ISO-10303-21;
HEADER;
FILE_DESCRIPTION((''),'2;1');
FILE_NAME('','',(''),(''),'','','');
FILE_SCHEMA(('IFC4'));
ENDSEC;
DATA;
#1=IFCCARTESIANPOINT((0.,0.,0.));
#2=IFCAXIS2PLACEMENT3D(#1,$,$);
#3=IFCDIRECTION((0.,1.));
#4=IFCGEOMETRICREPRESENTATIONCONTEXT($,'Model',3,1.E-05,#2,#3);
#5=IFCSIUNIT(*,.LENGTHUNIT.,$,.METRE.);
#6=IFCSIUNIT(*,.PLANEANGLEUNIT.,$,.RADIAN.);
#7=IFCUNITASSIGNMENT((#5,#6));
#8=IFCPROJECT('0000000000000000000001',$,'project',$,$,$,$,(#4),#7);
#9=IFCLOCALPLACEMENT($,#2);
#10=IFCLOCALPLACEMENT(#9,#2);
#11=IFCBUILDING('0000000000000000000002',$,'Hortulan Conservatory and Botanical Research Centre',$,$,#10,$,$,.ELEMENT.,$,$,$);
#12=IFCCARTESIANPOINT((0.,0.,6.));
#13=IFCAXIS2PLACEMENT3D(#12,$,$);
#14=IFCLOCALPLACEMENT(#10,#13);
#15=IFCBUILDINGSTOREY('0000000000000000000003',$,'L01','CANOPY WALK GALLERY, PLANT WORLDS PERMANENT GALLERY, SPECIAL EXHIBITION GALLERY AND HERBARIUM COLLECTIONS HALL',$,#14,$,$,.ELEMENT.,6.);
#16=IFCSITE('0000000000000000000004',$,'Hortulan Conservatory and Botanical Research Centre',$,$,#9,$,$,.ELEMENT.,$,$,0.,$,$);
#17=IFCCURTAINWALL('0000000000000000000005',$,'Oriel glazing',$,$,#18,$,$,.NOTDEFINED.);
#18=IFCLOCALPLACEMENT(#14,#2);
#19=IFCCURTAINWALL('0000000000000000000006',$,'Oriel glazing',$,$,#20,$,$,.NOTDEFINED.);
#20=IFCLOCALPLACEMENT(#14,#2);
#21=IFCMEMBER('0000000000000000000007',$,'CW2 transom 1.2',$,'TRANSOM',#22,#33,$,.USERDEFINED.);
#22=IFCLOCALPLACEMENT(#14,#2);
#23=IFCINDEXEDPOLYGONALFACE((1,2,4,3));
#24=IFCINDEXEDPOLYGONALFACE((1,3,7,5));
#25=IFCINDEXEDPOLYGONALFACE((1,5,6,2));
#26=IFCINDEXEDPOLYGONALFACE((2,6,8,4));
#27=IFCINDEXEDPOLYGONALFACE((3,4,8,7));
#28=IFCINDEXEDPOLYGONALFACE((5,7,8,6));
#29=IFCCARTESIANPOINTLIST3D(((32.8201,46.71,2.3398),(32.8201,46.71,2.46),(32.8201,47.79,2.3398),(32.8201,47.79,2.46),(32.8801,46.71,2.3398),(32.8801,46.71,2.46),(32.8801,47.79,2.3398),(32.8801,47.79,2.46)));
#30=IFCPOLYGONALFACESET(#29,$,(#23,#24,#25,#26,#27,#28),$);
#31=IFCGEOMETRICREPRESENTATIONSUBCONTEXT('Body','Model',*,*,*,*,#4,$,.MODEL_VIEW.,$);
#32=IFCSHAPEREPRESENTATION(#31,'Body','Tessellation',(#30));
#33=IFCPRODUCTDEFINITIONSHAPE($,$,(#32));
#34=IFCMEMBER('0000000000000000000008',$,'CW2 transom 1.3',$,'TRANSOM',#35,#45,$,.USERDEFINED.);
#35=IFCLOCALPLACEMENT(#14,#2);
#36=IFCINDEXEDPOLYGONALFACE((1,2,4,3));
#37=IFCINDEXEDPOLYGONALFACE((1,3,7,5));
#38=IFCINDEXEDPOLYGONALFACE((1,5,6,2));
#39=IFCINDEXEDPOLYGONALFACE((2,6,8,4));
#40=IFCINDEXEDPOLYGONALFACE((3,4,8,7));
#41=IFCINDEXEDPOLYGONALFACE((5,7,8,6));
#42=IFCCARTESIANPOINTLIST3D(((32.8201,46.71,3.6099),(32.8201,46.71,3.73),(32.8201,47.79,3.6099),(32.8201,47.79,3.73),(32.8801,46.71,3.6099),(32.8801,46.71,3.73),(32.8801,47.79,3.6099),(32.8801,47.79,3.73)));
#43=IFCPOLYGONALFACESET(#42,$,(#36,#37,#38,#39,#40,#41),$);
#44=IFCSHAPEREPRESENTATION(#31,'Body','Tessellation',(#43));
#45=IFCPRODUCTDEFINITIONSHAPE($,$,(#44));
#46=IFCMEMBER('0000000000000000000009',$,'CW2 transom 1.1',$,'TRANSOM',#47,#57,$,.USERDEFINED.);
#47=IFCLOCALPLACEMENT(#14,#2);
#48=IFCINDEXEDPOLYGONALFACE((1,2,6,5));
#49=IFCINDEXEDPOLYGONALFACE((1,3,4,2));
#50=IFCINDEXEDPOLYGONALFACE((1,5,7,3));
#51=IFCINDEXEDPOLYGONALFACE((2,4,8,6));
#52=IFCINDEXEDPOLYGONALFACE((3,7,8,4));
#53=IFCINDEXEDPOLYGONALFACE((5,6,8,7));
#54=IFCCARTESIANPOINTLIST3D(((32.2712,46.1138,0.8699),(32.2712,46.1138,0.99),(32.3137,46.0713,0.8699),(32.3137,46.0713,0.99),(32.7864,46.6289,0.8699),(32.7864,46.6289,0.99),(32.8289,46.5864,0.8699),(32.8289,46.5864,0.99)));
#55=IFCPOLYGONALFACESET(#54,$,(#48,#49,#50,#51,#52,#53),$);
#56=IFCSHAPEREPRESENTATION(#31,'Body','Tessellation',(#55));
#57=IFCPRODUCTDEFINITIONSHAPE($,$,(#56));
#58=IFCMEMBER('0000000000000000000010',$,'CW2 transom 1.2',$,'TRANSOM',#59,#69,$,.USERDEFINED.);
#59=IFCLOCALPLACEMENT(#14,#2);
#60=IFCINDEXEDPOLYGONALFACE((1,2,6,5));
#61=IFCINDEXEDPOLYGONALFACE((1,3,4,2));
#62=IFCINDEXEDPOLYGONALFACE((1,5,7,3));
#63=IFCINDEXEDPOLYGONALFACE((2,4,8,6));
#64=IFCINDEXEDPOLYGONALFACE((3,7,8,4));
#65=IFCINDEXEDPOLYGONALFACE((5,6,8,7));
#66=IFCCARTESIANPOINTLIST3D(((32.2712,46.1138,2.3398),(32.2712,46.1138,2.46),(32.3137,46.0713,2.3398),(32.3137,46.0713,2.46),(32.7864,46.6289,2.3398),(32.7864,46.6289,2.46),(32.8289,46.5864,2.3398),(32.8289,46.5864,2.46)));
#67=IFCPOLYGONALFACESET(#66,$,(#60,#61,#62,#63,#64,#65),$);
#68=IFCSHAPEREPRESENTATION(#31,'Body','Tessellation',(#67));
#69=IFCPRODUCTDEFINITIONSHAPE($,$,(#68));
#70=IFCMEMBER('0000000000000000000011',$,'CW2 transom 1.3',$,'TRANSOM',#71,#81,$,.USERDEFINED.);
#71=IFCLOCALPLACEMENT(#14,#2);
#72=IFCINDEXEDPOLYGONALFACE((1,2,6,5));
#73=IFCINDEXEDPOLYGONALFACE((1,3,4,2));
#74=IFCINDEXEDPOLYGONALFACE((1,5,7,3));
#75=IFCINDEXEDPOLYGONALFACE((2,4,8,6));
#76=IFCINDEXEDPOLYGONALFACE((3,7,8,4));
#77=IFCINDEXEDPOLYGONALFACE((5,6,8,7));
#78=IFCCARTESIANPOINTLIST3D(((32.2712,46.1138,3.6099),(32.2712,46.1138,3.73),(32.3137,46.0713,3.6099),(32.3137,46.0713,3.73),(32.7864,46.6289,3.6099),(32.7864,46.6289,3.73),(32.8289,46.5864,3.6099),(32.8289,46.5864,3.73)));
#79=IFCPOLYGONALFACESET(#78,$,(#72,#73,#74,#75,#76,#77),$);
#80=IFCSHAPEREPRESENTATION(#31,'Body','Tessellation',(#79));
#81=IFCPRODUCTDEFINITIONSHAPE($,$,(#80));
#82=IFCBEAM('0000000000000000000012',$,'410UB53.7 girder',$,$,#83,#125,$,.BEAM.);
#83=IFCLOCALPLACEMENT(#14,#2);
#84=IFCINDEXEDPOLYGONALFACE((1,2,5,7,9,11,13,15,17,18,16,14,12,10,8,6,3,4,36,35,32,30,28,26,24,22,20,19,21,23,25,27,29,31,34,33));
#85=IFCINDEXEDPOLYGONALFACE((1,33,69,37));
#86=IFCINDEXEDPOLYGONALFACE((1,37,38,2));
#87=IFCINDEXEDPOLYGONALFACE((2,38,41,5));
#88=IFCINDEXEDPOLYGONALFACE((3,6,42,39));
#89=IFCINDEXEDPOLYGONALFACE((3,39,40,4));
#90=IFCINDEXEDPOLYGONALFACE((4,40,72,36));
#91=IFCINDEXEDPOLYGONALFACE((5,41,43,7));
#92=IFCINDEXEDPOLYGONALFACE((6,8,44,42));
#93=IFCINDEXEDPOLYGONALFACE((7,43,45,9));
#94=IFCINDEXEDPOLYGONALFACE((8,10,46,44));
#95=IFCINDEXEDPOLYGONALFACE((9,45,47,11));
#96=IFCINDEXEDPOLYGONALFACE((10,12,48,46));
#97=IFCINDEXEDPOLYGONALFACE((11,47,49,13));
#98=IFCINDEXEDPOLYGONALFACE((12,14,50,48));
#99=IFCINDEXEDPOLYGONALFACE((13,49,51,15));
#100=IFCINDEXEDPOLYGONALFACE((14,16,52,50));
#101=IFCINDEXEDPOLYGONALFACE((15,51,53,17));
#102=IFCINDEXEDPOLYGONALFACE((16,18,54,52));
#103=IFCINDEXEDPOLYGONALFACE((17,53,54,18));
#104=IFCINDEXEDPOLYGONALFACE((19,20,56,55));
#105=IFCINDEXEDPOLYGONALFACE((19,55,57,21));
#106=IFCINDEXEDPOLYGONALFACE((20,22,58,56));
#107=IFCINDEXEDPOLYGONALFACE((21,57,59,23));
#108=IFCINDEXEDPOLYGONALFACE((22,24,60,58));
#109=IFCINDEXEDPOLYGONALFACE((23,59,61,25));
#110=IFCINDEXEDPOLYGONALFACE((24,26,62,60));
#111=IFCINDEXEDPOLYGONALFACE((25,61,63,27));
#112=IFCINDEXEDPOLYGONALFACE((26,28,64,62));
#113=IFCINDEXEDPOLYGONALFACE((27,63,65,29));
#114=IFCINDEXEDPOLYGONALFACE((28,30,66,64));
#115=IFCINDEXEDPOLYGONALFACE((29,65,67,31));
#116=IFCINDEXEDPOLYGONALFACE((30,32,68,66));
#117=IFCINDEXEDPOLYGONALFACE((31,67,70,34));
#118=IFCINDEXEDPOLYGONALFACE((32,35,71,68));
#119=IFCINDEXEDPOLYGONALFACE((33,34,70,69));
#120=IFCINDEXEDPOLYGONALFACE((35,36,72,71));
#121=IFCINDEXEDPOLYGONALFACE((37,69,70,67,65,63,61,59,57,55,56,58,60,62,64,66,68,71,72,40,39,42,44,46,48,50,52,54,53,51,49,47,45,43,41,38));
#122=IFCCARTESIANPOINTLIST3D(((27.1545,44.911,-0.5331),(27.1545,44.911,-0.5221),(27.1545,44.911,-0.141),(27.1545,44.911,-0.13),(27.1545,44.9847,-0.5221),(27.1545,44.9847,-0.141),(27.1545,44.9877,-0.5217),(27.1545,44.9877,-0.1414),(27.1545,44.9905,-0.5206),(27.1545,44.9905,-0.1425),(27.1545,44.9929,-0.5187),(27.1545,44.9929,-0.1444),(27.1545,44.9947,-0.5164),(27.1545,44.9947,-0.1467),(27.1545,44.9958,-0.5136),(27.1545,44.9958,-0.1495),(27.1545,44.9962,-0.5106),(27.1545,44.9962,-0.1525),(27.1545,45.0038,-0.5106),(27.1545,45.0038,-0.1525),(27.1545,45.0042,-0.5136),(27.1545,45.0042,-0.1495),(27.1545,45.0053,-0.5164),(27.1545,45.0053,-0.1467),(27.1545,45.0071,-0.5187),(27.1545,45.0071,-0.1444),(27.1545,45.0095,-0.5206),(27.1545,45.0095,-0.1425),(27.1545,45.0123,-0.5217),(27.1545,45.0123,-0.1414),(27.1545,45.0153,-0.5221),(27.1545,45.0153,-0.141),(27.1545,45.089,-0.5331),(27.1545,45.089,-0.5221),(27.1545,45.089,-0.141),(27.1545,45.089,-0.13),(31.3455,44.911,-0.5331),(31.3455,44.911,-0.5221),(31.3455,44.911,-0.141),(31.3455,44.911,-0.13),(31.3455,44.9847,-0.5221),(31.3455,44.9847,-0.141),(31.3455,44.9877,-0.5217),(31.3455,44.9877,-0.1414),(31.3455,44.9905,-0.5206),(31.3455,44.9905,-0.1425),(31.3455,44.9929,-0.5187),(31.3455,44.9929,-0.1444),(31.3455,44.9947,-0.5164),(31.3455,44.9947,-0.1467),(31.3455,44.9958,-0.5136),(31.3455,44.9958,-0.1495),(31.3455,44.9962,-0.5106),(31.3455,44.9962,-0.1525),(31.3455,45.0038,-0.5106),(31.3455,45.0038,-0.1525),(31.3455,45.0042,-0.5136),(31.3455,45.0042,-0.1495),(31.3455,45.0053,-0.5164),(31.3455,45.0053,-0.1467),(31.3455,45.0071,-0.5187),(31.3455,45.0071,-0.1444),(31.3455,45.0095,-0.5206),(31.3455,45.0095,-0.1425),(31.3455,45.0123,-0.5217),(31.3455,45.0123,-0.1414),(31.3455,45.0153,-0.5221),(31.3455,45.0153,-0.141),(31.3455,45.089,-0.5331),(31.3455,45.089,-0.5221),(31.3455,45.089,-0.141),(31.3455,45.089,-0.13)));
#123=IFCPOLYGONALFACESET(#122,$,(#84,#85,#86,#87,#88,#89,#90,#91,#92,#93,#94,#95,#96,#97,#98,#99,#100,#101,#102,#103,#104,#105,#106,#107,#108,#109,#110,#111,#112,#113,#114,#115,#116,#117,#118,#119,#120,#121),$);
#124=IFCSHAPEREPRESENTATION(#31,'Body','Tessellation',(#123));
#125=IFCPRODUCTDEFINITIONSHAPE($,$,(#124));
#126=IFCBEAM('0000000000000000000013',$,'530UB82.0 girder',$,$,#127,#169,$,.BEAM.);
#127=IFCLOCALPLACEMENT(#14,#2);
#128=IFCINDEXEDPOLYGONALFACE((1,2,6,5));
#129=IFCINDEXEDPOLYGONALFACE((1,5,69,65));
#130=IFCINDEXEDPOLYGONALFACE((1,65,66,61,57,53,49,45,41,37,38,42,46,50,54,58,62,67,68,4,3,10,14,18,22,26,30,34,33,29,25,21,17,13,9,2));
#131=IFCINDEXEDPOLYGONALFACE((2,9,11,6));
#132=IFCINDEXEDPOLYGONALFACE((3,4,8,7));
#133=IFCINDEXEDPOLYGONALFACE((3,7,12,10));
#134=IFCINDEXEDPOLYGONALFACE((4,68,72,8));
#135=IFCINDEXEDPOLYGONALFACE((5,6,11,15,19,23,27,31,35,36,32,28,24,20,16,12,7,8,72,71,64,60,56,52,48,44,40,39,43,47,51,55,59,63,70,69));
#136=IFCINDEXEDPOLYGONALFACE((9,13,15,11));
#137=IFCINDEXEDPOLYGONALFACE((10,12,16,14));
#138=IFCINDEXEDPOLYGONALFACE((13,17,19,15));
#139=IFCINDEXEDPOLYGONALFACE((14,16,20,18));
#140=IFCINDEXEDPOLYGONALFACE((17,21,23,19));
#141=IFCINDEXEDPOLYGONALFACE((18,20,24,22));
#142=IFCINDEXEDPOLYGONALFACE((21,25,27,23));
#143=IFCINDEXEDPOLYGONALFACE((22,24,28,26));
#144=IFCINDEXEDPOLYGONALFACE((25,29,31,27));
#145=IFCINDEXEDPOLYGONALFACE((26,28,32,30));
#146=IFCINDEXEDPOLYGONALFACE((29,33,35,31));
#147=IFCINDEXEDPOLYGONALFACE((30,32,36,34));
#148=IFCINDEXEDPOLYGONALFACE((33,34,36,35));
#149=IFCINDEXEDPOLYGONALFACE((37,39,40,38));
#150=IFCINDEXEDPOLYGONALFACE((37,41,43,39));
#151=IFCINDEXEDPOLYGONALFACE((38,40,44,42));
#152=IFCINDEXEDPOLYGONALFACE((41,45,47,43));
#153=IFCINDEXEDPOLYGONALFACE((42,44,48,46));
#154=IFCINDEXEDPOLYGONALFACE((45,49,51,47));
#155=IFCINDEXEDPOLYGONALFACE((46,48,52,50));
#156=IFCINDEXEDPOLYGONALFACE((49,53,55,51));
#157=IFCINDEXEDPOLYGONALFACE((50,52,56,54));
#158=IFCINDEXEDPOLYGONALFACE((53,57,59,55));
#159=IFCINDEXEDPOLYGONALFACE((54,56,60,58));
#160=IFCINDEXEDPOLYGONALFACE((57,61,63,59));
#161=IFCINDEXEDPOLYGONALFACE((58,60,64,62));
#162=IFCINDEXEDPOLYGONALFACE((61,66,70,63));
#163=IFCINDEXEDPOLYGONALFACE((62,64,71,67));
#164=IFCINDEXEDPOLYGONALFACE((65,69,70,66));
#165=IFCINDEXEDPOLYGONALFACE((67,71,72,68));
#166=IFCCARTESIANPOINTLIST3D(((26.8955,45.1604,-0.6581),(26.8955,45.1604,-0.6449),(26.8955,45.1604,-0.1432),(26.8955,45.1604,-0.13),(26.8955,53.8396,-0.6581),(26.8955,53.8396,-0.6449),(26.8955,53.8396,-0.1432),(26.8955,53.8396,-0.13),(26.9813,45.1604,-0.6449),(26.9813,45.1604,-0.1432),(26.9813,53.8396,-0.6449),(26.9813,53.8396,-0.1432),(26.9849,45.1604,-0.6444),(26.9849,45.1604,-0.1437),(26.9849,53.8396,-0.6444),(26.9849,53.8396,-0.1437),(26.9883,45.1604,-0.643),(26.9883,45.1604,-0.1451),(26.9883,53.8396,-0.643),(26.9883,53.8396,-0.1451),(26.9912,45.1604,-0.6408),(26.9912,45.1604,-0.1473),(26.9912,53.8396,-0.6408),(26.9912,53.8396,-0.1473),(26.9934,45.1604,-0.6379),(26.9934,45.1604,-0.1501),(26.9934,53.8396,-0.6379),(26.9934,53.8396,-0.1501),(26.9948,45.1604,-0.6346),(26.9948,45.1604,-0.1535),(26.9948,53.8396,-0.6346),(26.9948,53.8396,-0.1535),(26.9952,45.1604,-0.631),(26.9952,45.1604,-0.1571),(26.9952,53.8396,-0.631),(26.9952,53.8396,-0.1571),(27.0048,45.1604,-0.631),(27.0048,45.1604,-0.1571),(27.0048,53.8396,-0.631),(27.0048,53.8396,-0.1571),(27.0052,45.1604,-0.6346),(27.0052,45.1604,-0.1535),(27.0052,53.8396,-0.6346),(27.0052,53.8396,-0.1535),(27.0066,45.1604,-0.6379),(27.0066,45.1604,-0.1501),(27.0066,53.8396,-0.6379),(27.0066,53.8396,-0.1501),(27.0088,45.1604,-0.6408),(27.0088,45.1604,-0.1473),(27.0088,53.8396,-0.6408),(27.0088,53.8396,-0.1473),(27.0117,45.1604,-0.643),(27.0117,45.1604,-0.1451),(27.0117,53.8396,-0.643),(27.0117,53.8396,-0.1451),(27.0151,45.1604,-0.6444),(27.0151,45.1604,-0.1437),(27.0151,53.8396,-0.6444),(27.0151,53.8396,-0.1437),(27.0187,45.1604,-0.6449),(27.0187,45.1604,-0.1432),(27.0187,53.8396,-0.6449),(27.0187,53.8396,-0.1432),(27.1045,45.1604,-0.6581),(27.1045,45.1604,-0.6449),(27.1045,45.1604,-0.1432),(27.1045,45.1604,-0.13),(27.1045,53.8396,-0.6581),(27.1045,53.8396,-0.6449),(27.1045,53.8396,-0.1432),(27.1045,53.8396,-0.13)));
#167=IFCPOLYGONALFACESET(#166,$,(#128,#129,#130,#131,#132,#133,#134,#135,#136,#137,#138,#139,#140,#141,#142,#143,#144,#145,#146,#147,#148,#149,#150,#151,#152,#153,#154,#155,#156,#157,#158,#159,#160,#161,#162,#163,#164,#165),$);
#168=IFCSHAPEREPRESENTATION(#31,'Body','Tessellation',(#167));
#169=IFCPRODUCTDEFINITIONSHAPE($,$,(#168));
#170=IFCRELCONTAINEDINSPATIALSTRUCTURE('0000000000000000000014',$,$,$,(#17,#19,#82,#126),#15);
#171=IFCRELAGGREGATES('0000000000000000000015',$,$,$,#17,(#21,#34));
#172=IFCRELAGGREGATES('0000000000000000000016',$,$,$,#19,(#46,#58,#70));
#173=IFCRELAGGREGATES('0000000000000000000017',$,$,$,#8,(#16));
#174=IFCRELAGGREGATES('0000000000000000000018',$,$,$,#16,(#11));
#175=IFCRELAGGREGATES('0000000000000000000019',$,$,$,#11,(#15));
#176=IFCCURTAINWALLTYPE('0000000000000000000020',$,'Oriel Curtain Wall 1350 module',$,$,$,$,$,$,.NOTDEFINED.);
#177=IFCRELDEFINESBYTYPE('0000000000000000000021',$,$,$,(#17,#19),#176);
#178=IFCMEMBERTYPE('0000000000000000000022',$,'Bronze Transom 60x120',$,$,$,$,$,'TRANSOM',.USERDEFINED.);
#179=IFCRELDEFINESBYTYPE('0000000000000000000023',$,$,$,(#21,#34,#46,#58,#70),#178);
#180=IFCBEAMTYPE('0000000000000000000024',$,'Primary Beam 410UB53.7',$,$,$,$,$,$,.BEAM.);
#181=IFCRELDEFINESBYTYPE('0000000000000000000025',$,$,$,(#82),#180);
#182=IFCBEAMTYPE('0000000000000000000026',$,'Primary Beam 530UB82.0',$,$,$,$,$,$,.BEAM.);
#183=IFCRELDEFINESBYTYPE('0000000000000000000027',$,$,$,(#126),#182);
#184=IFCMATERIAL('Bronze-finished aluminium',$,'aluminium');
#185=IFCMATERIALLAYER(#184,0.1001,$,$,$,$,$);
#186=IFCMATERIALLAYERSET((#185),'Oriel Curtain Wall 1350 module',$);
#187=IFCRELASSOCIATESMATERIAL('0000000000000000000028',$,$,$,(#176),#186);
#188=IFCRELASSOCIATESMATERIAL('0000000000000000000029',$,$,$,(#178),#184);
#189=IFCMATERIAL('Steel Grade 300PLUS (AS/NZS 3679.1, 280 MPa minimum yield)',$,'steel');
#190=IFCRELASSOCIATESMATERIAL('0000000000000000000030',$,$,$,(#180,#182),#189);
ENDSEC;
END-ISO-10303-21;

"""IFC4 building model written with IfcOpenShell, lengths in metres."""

from ifc_helpers import new_model, si_unit, direction, frame, origin, origin_2d, place, context, subcontext, project, spatial, rectangle, i_section, extrude, material, layer, layer_set, material_profile, profile_set, type_object, element, aggregate, save


model = new_model("IFC4")

# Units and contexts
model_context = context("Model", 3, precision=1e-05, world=origin(), true_north=direction((0.0, 1.0)))
body_context = subcontext(model_context, "Body", "Model", "MODEL_VIEW")
ifc_project = project(units=[si_unit("LENGTHUNIT", "METRE"), si_unit("PLANEANGLEUNIT", "RADIAN")], contexts=[model_context])

# Site, building, storey
site_placement = place(None, origin())
site = spatial("IfcSite", under=ifc_project, at=site_placement, Name="Hortulan Conservatory and Botanical Research Centre", CompositionType="ELEMENT", RefElevation=0.0)
building_placement = place(site_placement, origin())
building = spatial("IfcBuilding", under=site, at=building_placement, Name="Hortulan Conservatory and Botanical Research Centre", CompositionType="ELEMENT")
storey_placement = place(building_placement, frame((0.0, 0.0, 6.0)))
storey = spatial("IfcBuildingStorey", under=building, at=storey_placement, Name="L01", Description="CANOPY WALK GALLERY, PLANT WORLDS PERMANENT GALLERY, SPECIAL EXHIBITION GALLERY AND HERBARIUM COLLECTIONS HALL", CompositionType="ELEMENT", Elevation=6.0)

# Shared definitions
ifc_material_1 = material(Name="Steel Grade 300PLUS (AS/NZS 3679.1, 280 MPa minimum yield)", Category="steel")

# Shared definitions
ifc_material_2 = material(Name="Bronze-finished aluminium", Category="aluminium")
ifc_layer_1 = layer(ifc_material_2, 0.1001)
ifc_layer_set_1 = layer_set([ifc_layer_1], Name="Oriel Curtain Wall 1350 module")
curtain_wall_type = type_object("IfcCurtainWallType", Name="Oriel Curtain Wall 1350 module", PredefinedType="NOTDEFINED", material=ifc_layer_set_1)

# Curtain walls
curtain_wall_1_placement = place(storey_placement, origin())
curtain_wall_1 = element("IfcCurtainWall", 1, at=curtain_wall_1_placement, inside=storey, type_object=curtain_wall_type, Name="Oriel glazing", PredefinedType="NOTDEFINED")
curtain_wall_2_placement = place(storey_placement, origin())
curtain_wall_2 = element("IfcCurtainWall", 2, at=curtain_wall_2_placement, inside=storey, type_object=curtain_wall_type, Name="Oriel glazing", PredefinedType="NOTDEFINED")

# Members
ifc_material_profile_1 = material_profile(ifc_material_2, rectangle(XDim=0.0601, YDim=0.1201, at=origin_2d()), Name="Bronze Transom 60x120")
ifc_profile_set_1 = profile_set([ifc_material_profile_1], Name="Bronze-finished aluminium")
member_type_1 = type_object("IfcMemberType", Name="Bronze Transom 60x120", ElementType="TRANSOM", PredefinedType="USERDEFINED", material=ifc_profile_set_1)
member_1_placement = place(storey_placement, frame((32.8501, 47.79, 2.3999), z_axis=(0.0, -1.0, 0.0), x_axis=(1.0, 0.0, 0.0)))
member_1 = element("IfcMember", 3, at=member_1_placement, type_object=member_type_1, Name="CW2 transom 1.2", ObjectType="TRANSOM", PredefinedType="USERDEFINED", context=body_context, shape_type="SweptSolid", body=[
    extrude(rectangle(XDim=0.0601, YDim=0.1201, at=origin_2d()), origin(), (0.0, 0.0, 1.0), 1.0801),
])
member_2_placement = place(storey_placement, frame((32.8501, 47.79, 3.6699), z_axis=(0.0, -1.0, 0.0), x_axis=(1.0, 0.0, 0.0)))
member_2 = element("IfcMember", 4, at=member_2_placement, type_object=member_type_1, Name="CW2 transom 1.3", ObjectType="TRANSOM", PredefinedType="USERDEFINED", context=body_context, shape_type="SweptSolid", body=[
    extrude(rectangle(XDim=0.0601, YDim=0.1201, at=origin_2d()), origin(), (0.0, 0.0, 1.0), 1.0801),
])
member_3_placement = place(storey_placement, frame((32.8076, 46.6077, 0.9299), z_axis=(-0.707107, -0.707107, 0.0), x_axis=(0.707107, -0.707107, 0.0)))
member_3 = element("IfcMember", 5, at=member_3_placement, type_object=member_type_1, Name="CW2 transom 1.1", ObjectType="TRANSOM", PredefinedType="USERDEFINED", context=body_context, shape_type="SweptSolid", body=[
    extrude(rectangle(XDim=0.0601, YDim=0.1201, at=origin_2d()), origin(), (0.0, 0.0, 1.0), 0.7285),
])
member_4_placement = place(storey_placement, frame((32.8076, 46.6077, 2.3999), z_axis=(-0.707107, -0.707107, 0.0), x_axis=(0.707107, -0.707107, 0.0)))
member_4 = element("IfcMember", 6, at=member_4_placement, type_object=member_type_1, Name="CW2 transom 1.2", ObjectType="TRANSOM", PredefinedType="USERDEFINED", context=body_context, shape_type="SweptSolid", body=[
    extrude(rectangle(XDim=0.0601, YDim=0.1201, at=origin_2d()), origin(), (0.0, 0.0, 1.0), 0.7285),
])
member_5_placement = place(storey_placement, frame((32.8076, 46.6077, 3.6699), z_axis=(-0.707107, -0.707107, 0.0), x_axis=(0.707107, -0.707107, 0.0)))
member_5 = element("IfcMember", 7, at=member_5_placement, type_object=member_type_1, Name="CW2 transom 1.3", ObjectType="TRANSOM", PredefinedType="USERDEFINED", context=body_context, shape_type="SweptSolid", body=[
    extrude(rectangle(XDim=0.0601, YDim=0.1201, at=origin_2d()), origin(), (0.0, 0.0, 1.0), 0.7285),
])

# Beams
ifc_material_profile_2 = material_profile(ifc_material_1, i_section(OverallWidth=0.178, OverallDepth=0.4031, WebThickness=0.0076, FlangeThickness=0.011, FilletRadius=0.0115, at=origin_2d()), Name="410UB53.7")
ifc_profile_set_2 = profile_set([ifc_material_profile_2], Name="Steel Grade 300PLUS (AS/NZS 3679.1, 280 MPa minimum yield)")
beam_type_1 = type_object("IfcBeamType", Name="Primary Beam 410UB53.7", PredefinedType="BEAM", material=ifc_profile_set_2)
beam_placement = place(storey_placement, frame((27.1545, 45.0, -0.3315), z_axis=(1.0, 0.0, 0.0), x_axis=(0.0, 1.0, 0.0)))
element("IfcBeam", 8, at=beam_placement, inside=storey, type_object=beam_type_1, Name="410UB53.7 girder", PredefinedType="BEAM", context=body_context, shape_type="SweptSolid", body=[
    extrude(i_section(OverallWidth=0.178, OverallDepth=0.4031, WebThickness=0.0076, FlangeThickness=0.011, FilletRadius=0.0115, at=origin_2d()), origin(), (0.0, 0.0, 1.0), 4.1909),
])
ifc_material_profile_3 = material_profile(ifc_material_1, i_section(OverallWidth=0.209, OverallDepth=0.5281, WebThickness=0.0095, FlangeThickness=0.0132, FilletRadius=0.0139, at=origin_2d()), Name="530UB82.0")
ifc_profile_set_3 = profile_set([ifc_material_profile_3], Name="Steel Grade 300PLUS (AS/NZS 3679.1, 280 MPa minimum yield)")
beam_type_2 = type_object("IfcBeamType", Name="Primary Beam 530UB82.0", PredefinedType="BEAM", material=ifc_profile_set_3)
for number, where, z_axis, x_axis, name in (
    (9, (27.0, 45.1604, -0.394), (0.0, 1.0, 0.0), (-1.0, 0.0, 0.0), "530UB82.0 girder"),
):
    element("IfcBeam", number, at=place(storey_placement, frame(where, z_axis=z_axis, x_axis=x_axis)), inside=storey, type_object=beam_type_2, Name=name, PredefinedType="BEAM", context=body_context, shape_type="SweptSolid", body=[
        extrude(i_section(OverallWidth=0.209, OverallDepth=0.5281, WebThickness=0.0095, FlangeThickness=0.0132, FilletRadius=0.0139, at=origin_2d()), origin(), (0.0, 0.0, 1.0), 8.6792),
    ])

aggregate(curtain_wall_1, [member_1, member_2])
aggregate(curtain_wall_2, [member_3, member_4, member_5])

save(model, "model.ifc")
